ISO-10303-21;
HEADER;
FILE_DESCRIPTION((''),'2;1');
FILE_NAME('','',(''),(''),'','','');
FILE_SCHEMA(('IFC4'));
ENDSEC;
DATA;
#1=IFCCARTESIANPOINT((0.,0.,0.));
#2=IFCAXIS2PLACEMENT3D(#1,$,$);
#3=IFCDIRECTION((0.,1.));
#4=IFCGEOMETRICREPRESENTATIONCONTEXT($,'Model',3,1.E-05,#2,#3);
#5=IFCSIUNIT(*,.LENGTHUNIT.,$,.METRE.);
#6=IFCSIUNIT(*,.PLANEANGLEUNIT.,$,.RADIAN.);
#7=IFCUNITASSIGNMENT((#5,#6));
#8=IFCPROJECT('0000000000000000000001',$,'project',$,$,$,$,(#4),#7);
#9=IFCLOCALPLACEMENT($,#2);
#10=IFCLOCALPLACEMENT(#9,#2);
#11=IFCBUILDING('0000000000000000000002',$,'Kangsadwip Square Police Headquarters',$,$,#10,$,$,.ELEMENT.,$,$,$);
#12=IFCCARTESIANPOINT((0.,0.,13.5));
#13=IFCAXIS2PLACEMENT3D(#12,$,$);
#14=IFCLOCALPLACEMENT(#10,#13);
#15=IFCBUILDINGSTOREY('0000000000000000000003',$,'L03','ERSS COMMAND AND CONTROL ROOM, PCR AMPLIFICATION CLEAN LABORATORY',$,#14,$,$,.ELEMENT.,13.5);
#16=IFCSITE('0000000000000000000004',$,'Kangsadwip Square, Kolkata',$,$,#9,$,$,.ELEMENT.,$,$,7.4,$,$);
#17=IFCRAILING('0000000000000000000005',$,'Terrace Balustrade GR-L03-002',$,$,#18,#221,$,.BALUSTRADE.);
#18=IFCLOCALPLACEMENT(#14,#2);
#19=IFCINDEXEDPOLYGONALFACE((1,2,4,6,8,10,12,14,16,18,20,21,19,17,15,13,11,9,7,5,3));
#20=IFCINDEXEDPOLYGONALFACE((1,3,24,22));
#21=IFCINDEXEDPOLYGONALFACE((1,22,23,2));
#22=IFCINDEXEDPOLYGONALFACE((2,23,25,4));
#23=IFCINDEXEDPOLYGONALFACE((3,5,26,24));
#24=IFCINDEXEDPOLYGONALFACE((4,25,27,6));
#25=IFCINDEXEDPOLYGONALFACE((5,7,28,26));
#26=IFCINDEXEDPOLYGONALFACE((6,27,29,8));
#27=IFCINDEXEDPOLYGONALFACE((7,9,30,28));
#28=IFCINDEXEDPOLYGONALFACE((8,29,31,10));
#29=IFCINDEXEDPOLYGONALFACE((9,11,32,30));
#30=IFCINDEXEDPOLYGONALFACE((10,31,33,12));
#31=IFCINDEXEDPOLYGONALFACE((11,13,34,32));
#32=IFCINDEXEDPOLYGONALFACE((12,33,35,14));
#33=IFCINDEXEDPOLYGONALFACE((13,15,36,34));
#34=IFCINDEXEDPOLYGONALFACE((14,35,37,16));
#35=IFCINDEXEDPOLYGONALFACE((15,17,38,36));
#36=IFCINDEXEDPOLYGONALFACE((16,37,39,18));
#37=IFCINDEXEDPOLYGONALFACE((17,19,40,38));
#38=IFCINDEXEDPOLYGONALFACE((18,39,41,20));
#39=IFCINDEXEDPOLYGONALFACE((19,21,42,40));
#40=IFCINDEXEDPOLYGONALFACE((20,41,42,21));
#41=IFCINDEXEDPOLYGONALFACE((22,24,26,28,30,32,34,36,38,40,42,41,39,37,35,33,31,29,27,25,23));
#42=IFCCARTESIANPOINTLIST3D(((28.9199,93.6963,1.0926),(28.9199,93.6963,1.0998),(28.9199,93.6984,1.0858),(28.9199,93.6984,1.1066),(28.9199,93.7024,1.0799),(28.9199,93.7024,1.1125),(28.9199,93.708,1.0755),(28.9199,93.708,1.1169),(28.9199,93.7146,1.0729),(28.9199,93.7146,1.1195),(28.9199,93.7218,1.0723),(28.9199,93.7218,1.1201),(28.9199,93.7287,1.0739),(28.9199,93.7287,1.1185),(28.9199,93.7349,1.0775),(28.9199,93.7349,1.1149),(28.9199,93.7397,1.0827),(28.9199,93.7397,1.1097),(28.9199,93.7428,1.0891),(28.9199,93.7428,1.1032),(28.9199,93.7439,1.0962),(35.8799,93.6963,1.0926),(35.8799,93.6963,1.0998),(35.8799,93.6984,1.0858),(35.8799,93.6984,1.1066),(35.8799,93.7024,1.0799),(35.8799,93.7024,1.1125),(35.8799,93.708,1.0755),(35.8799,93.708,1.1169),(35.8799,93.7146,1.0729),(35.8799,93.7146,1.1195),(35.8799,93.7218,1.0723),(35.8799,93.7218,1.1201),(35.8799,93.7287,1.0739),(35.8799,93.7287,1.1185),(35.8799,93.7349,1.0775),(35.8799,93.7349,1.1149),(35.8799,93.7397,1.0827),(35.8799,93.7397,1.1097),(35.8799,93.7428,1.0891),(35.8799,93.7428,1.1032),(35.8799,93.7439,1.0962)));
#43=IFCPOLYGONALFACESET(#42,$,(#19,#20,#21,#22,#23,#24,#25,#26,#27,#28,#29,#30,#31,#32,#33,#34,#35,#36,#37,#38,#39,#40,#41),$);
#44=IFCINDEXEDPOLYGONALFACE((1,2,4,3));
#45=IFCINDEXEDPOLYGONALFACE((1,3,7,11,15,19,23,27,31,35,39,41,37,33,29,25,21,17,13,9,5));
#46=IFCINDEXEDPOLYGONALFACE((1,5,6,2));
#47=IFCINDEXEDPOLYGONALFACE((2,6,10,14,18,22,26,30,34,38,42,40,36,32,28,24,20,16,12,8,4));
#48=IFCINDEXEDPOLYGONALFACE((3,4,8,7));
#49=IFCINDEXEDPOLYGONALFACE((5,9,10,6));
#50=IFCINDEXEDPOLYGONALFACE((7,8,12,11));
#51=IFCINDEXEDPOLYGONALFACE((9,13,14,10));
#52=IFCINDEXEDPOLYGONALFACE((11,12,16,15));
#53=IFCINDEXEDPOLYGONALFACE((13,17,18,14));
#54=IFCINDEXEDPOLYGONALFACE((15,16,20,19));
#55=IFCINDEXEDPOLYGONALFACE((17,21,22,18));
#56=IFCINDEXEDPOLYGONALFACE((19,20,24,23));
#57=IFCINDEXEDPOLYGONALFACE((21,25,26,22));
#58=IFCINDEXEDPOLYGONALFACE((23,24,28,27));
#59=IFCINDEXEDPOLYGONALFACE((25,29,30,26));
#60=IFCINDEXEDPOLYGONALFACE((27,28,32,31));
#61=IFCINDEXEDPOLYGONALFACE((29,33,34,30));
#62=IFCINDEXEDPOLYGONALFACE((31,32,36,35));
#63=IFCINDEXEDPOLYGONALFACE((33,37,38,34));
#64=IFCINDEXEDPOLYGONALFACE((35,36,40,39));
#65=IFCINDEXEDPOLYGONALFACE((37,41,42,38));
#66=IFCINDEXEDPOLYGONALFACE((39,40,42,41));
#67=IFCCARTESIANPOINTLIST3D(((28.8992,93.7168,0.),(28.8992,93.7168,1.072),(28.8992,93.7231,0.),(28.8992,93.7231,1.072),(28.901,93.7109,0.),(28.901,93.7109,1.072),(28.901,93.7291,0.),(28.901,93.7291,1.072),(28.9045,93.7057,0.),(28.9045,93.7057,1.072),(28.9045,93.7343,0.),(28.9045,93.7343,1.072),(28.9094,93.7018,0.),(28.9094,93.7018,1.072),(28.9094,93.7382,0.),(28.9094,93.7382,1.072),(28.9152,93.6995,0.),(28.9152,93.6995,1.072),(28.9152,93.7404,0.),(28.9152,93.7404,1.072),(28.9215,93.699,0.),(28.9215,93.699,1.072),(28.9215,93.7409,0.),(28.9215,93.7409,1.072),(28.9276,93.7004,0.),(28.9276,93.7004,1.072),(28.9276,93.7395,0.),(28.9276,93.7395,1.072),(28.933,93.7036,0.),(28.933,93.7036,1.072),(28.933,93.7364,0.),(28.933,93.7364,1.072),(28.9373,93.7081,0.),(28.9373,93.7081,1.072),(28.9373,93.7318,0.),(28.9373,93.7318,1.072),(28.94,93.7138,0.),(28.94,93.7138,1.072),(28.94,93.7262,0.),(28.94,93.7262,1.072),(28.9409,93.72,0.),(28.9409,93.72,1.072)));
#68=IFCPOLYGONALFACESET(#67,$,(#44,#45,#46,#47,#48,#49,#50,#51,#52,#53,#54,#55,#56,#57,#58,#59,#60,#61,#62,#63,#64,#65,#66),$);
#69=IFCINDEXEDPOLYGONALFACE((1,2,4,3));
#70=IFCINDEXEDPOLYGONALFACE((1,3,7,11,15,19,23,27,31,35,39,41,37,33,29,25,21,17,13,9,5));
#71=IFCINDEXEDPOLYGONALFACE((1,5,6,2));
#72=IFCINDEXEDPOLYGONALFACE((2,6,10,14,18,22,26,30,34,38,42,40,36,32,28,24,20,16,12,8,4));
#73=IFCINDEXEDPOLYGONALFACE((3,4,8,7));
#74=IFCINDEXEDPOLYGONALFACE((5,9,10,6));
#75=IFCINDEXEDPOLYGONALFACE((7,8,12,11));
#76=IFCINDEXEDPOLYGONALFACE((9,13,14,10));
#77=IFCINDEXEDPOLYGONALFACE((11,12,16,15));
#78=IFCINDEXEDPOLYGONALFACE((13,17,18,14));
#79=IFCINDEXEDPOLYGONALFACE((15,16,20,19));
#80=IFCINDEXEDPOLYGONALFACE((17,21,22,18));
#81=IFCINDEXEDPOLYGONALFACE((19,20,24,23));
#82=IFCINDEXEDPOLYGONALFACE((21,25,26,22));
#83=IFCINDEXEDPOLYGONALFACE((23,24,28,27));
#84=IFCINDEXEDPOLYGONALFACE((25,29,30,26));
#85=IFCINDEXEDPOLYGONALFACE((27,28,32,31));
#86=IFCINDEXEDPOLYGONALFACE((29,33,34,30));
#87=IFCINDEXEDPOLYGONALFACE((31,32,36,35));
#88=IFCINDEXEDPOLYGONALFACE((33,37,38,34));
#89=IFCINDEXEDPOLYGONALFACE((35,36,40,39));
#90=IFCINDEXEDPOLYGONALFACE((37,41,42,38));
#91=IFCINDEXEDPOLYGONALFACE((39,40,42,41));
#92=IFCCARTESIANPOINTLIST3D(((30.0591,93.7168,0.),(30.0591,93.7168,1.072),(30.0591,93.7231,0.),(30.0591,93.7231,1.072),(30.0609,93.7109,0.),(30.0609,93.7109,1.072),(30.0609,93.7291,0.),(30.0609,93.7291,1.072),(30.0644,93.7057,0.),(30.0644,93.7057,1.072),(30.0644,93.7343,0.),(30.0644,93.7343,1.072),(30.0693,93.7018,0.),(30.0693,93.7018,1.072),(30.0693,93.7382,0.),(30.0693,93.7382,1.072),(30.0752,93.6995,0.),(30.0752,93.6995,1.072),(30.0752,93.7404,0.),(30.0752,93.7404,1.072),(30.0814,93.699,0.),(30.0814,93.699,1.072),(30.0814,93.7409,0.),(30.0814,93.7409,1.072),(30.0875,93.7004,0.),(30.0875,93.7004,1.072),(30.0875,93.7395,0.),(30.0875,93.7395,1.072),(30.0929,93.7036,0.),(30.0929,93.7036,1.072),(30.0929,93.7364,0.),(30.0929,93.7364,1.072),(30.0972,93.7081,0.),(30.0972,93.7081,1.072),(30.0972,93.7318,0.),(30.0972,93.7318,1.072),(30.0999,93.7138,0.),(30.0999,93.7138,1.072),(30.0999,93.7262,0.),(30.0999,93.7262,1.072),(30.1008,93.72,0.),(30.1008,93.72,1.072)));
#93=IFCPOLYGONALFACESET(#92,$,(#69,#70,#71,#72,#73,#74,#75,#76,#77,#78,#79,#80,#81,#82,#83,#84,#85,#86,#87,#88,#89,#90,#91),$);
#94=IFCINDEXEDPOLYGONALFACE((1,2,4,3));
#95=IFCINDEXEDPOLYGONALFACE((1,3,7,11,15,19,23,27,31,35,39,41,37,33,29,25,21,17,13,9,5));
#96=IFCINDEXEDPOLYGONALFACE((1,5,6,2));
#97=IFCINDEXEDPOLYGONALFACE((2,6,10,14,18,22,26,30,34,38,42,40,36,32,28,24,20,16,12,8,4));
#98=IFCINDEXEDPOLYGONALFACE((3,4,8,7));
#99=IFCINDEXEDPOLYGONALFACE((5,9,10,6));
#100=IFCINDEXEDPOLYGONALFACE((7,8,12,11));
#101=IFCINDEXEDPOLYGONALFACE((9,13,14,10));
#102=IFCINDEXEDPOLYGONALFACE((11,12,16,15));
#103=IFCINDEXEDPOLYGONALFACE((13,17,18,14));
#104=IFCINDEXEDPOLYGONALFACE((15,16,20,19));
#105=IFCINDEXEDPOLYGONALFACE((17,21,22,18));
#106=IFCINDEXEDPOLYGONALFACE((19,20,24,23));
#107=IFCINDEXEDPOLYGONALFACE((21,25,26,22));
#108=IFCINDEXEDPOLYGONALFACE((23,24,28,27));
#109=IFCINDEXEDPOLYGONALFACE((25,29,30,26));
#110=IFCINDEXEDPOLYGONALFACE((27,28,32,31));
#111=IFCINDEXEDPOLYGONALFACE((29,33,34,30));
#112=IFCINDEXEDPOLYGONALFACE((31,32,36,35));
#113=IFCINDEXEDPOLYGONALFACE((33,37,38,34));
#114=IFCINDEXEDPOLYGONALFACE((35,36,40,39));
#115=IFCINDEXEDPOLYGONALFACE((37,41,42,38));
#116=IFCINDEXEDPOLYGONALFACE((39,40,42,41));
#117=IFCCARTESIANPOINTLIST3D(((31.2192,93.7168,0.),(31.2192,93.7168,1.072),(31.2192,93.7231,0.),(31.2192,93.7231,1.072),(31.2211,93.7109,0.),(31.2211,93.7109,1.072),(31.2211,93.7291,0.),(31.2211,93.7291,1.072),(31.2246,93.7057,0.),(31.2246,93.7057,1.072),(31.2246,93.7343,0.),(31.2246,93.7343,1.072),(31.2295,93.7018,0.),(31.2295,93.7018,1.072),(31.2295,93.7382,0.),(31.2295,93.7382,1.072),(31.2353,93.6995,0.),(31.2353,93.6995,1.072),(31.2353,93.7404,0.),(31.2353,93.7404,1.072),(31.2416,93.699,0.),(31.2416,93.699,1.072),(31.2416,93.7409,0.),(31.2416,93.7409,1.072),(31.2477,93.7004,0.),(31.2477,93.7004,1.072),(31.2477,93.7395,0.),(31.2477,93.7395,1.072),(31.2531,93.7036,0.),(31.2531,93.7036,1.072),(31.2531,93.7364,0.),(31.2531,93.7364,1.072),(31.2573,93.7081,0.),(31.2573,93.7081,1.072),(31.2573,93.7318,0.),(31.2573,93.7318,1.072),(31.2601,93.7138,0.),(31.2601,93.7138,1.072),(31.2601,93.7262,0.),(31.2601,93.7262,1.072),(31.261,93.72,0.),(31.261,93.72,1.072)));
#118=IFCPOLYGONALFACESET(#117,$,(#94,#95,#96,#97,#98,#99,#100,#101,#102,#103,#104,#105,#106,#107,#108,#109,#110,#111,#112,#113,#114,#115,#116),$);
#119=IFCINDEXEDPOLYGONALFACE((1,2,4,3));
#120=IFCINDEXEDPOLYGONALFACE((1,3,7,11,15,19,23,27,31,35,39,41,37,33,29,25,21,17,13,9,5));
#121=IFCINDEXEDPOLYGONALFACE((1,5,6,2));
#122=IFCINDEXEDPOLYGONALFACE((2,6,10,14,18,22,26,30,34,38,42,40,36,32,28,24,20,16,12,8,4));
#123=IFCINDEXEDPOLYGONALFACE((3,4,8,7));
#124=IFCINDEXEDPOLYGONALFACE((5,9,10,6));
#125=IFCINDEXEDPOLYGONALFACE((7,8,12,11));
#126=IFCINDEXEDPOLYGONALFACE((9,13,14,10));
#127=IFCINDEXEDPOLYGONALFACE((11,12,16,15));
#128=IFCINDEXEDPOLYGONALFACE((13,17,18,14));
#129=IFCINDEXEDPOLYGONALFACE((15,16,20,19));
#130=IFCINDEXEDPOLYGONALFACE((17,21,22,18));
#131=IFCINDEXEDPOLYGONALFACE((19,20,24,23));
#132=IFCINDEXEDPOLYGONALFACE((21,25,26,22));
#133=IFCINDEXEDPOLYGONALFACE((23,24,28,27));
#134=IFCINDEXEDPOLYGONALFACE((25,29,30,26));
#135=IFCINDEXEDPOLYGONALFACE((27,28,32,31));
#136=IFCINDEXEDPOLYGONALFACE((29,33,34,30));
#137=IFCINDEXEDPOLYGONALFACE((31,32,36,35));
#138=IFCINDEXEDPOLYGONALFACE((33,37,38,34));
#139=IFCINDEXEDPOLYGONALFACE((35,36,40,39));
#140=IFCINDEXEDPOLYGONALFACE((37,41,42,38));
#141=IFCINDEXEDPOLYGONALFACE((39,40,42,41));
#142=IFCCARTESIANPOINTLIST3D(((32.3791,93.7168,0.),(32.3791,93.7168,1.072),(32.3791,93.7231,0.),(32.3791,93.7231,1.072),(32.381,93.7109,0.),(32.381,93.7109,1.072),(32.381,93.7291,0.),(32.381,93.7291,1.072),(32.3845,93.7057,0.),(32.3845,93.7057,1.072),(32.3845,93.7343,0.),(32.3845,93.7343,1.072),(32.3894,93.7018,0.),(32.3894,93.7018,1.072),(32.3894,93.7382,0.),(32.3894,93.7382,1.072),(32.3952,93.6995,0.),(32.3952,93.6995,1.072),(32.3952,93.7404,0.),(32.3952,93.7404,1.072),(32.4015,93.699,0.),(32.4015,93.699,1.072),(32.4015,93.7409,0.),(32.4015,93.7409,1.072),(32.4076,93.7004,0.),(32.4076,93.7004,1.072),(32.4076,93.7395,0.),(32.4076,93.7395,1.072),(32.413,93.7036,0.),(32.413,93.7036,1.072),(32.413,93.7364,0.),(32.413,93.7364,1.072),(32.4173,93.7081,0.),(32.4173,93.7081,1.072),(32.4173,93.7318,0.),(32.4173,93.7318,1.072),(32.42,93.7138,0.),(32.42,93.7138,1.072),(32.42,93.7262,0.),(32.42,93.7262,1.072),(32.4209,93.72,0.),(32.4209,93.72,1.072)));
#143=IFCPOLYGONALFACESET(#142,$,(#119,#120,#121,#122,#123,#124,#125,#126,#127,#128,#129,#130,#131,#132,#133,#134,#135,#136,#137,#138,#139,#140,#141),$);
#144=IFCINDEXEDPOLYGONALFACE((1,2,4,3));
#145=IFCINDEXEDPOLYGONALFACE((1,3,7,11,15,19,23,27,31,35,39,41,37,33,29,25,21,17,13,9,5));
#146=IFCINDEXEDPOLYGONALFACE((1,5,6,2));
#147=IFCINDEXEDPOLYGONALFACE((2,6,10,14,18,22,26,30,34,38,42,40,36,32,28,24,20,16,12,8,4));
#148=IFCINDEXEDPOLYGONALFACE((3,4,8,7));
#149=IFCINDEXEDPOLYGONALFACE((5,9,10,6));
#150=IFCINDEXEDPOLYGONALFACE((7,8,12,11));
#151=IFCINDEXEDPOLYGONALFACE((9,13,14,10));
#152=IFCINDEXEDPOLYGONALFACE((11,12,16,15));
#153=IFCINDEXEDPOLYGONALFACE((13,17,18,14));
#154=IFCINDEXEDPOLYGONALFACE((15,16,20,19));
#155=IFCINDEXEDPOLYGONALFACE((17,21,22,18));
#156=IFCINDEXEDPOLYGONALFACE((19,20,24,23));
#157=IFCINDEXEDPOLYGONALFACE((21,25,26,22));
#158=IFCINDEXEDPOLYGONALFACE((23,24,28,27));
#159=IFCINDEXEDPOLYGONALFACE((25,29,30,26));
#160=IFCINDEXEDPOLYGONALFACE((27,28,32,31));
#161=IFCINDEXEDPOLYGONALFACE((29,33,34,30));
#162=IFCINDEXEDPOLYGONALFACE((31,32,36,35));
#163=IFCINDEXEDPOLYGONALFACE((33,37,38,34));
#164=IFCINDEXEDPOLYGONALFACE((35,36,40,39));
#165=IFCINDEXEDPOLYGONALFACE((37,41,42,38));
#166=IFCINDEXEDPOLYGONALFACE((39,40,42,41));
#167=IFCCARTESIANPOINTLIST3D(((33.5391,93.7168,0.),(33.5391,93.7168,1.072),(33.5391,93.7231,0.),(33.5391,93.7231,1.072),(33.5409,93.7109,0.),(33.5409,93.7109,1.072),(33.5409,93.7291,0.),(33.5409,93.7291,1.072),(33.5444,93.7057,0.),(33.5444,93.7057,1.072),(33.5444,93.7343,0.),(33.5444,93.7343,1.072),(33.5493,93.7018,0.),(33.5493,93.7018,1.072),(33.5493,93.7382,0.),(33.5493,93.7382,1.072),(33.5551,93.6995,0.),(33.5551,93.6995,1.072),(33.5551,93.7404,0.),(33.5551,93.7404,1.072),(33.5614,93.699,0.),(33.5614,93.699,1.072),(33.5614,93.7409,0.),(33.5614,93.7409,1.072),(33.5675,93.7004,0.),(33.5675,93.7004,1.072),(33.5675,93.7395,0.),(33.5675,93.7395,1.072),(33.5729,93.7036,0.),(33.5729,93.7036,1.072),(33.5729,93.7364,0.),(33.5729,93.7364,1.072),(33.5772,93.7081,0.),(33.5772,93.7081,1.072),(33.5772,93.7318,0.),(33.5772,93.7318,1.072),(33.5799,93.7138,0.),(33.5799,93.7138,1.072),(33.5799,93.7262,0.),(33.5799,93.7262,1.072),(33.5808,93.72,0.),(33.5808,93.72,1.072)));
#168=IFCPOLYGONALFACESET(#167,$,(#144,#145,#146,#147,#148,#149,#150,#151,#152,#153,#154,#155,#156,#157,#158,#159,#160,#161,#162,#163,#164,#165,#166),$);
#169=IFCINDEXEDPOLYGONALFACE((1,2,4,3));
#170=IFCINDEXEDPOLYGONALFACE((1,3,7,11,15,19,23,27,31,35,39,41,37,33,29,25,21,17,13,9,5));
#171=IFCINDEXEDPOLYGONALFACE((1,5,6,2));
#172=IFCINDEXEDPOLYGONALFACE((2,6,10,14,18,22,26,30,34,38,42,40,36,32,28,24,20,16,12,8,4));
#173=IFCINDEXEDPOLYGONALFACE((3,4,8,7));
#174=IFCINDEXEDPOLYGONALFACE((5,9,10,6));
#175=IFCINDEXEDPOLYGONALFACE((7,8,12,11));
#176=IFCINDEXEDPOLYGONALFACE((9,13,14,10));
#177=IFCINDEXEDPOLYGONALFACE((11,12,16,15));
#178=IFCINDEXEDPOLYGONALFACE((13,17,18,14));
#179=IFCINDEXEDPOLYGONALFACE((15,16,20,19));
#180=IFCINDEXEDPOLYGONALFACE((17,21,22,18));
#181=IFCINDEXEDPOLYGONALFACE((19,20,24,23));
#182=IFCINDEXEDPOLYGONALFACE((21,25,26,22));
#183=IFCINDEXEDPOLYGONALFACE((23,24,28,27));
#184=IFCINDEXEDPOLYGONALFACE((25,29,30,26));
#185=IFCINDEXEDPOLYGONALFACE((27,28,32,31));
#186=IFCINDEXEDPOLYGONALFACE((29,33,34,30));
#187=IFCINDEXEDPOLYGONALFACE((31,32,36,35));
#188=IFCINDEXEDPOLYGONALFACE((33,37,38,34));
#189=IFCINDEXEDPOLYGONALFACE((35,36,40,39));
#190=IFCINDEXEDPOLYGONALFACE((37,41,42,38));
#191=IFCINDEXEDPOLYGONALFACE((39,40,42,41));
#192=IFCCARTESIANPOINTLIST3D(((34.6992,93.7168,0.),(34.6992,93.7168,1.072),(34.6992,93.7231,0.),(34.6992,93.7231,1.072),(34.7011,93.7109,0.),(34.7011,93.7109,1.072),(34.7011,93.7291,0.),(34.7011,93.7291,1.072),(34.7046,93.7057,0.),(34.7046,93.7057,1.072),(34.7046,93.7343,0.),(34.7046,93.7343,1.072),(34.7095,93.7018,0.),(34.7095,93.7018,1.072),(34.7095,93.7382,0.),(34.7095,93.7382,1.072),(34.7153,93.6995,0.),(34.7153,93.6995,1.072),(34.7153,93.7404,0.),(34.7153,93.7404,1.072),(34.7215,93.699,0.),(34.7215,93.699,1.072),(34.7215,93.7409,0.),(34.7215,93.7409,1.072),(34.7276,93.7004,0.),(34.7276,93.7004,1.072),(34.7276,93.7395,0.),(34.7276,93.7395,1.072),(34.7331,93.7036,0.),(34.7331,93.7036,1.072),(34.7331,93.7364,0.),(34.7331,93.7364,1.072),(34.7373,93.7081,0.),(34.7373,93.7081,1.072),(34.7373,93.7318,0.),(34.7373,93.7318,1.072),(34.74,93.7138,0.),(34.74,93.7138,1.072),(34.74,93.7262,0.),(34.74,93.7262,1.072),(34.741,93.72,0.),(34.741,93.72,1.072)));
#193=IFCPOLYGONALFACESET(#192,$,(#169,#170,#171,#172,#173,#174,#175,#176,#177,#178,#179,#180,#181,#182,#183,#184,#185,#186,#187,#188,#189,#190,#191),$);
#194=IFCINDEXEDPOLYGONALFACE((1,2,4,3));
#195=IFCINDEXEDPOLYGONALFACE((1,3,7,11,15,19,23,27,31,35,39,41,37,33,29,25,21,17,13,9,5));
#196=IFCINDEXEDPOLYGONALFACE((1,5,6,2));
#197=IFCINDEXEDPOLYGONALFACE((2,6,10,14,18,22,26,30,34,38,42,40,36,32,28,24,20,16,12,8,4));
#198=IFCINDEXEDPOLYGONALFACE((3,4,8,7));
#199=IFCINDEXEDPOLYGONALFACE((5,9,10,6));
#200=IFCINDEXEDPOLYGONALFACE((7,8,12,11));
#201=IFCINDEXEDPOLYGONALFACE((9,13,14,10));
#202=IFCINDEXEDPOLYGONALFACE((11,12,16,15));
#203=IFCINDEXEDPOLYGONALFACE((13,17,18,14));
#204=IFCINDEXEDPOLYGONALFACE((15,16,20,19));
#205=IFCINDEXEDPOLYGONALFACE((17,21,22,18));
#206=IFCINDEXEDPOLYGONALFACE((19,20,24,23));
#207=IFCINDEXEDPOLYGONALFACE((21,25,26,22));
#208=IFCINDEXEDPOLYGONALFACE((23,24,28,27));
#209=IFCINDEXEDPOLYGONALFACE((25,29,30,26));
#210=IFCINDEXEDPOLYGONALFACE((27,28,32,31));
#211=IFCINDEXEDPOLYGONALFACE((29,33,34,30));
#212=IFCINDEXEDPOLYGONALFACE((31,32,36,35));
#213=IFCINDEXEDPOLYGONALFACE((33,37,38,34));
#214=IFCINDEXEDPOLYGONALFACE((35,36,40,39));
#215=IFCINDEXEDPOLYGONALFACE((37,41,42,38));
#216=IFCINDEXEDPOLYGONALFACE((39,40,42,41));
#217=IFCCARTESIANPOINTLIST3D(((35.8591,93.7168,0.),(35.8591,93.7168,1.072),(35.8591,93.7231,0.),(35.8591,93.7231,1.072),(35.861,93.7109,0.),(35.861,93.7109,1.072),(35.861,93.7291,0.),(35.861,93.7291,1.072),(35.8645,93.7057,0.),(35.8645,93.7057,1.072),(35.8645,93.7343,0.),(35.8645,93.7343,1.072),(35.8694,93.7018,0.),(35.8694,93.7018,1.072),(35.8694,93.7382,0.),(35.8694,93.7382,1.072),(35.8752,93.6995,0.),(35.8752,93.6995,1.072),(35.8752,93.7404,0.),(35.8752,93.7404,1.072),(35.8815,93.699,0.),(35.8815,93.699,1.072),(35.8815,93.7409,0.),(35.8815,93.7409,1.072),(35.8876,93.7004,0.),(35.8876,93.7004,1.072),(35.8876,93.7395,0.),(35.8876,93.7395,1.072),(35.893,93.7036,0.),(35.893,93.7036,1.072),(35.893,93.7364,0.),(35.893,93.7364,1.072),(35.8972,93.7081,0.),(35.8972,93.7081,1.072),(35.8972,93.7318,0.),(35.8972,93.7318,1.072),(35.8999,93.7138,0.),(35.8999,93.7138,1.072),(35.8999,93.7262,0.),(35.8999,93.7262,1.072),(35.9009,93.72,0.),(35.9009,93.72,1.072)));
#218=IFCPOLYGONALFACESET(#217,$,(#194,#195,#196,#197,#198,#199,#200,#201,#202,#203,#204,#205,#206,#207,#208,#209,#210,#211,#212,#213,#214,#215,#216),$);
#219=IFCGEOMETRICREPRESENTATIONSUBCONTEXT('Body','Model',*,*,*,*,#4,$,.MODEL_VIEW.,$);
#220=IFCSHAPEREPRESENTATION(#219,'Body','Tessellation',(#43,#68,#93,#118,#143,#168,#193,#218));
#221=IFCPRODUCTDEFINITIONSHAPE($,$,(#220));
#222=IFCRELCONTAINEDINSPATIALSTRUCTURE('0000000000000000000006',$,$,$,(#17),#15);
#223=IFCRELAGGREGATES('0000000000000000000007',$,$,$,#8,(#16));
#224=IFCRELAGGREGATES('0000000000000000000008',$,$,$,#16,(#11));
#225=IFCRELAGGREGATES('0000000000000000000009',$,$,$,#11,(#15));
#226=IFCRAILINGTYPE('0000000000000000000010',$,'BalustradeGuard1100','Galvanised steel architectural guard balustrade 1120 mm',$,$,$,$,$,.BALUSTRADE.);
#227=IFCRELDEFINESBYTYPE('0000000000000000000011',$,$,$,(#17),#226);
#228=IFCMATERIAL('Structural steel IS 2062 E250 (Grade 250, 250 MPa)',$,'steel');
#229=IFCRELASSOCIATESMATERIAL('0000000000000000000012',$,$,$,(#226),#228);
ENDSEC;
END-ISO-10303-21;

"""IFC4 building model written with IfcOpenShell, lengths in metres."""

from ifc_helpers import new_model, si_unit, direction, frame, origin, origin_2d, place, context, subcontext, project, spatial, circle, extrude, material, type_object, element, save


model = new_model("IFC4")

# Units and contexts
model_context = context("Model", 3, precision=1e-05, world=origin(), true_north=direction((0.0, 1.0)))
body_context = subcontext(model_context, "Body", "Model", "MODEL_VIEW")
ifc_project = project(units=[si_unit("LENGTHUNIT", "METRE"), si_unit("PLANEANGLEUNIT", "RADIAN")], contexts=[model_context])

# Site, building, storey
site_placement = place(None, origin())
site = spatial("IfcSite", under=ifc_project, at=site_placement, Name="Kangsadwip Square, Kolkata", CompositionType="ELEMENT", RefElevation=7.4)
building_placement = place(site_placement, origin())
building = spatial("IfcBuilding", under=site, at=building_placement, Name="Kangsadwip Square Police Headquarters", CompositionType="ELEMENT")
storey_placement = place(building_placement, frame((0.0, 0.0, 13.5)))
storey = spatial("IfcBuildingStorey", under=building, at=storey_placement, Name="L03", Description="ERSS COMMAND AND CONTROL ROOM, PCR AMPLIFICATION CLEAN LABORATORY", CompositionType="ELEMENT", Elevation=13.5)

# Railing
ifc_material_1 = material(Name="Structural steel IS 2062 E250 (Grade 250, 250 MPa)", Category="steel")
railing_type = type_object("IfcRailingType", Name="BalustradeGuard1100", Description="Galvanised steel architectural guard balustrade 1120 mm", PredefinedType="BALUSTRADE", material=ifc_material_1)
for number, where, name in (
    (1, (28.9199, 93.72, 0.0), "Terrace Balustrade GR-L03-002"),
):
    element("IfcRailing", number, at=place(storey_placement, frame(where)), inside=storey, type_object=railing_type, Name=name, PredefinedType="BALUSTRADE", context=body_context, shape_type="SweptSolid", body=[
        extrude(circle(Radius=0.0239, at=origin_2d()), frame((0.0, 0.0, 1.0962), z_axis=(1.0, 0.0, 0.0), x_axis=(0.0, 1.0, 0.0)), (0.0, 0.0, 1.0), 6.96),
        extrude(circle(Radius=0.021, at=origin_2d()), origin(), (0.0, 0.0, 1.0), 1.072),
        extrude(circle(Radius=0.021, at=origin_2d()), frame((1.1599, 0.0, 0.0)), (0.0, 0.0, 1.0), 1.072),
        extrude(circle(Radius=0.021, at=origin_2d()), frame((2.3201, 0.0, 0.0)), (0.0, 0.0, 1.0), 1.072),
        extrude(circle(Radius=0.021, at=origin_2d()), frame((3.48, 0.0, 0.0)), (0.0, 0.0, 1.0), 1.072),
        extrude(circle(Radius=0.021, at=origin_2d()), frame((4.6399, 0.0, 0.0)), (0.0, 0.0, 1.0), 1.072),
        extrude(circle(Radius=0.021, at=origin_2d()), frame((5.8, 0.0, 0.0)), (0.0, 0.0, 1.0), 1.072),
        extrude(circle(Radius=0.021, at=origin_2d()), frame((6.96, 0.0, 0.0)), (0.0, 0.0, 1.0), 1.072),
    ])

save(model, "model.ifc")
